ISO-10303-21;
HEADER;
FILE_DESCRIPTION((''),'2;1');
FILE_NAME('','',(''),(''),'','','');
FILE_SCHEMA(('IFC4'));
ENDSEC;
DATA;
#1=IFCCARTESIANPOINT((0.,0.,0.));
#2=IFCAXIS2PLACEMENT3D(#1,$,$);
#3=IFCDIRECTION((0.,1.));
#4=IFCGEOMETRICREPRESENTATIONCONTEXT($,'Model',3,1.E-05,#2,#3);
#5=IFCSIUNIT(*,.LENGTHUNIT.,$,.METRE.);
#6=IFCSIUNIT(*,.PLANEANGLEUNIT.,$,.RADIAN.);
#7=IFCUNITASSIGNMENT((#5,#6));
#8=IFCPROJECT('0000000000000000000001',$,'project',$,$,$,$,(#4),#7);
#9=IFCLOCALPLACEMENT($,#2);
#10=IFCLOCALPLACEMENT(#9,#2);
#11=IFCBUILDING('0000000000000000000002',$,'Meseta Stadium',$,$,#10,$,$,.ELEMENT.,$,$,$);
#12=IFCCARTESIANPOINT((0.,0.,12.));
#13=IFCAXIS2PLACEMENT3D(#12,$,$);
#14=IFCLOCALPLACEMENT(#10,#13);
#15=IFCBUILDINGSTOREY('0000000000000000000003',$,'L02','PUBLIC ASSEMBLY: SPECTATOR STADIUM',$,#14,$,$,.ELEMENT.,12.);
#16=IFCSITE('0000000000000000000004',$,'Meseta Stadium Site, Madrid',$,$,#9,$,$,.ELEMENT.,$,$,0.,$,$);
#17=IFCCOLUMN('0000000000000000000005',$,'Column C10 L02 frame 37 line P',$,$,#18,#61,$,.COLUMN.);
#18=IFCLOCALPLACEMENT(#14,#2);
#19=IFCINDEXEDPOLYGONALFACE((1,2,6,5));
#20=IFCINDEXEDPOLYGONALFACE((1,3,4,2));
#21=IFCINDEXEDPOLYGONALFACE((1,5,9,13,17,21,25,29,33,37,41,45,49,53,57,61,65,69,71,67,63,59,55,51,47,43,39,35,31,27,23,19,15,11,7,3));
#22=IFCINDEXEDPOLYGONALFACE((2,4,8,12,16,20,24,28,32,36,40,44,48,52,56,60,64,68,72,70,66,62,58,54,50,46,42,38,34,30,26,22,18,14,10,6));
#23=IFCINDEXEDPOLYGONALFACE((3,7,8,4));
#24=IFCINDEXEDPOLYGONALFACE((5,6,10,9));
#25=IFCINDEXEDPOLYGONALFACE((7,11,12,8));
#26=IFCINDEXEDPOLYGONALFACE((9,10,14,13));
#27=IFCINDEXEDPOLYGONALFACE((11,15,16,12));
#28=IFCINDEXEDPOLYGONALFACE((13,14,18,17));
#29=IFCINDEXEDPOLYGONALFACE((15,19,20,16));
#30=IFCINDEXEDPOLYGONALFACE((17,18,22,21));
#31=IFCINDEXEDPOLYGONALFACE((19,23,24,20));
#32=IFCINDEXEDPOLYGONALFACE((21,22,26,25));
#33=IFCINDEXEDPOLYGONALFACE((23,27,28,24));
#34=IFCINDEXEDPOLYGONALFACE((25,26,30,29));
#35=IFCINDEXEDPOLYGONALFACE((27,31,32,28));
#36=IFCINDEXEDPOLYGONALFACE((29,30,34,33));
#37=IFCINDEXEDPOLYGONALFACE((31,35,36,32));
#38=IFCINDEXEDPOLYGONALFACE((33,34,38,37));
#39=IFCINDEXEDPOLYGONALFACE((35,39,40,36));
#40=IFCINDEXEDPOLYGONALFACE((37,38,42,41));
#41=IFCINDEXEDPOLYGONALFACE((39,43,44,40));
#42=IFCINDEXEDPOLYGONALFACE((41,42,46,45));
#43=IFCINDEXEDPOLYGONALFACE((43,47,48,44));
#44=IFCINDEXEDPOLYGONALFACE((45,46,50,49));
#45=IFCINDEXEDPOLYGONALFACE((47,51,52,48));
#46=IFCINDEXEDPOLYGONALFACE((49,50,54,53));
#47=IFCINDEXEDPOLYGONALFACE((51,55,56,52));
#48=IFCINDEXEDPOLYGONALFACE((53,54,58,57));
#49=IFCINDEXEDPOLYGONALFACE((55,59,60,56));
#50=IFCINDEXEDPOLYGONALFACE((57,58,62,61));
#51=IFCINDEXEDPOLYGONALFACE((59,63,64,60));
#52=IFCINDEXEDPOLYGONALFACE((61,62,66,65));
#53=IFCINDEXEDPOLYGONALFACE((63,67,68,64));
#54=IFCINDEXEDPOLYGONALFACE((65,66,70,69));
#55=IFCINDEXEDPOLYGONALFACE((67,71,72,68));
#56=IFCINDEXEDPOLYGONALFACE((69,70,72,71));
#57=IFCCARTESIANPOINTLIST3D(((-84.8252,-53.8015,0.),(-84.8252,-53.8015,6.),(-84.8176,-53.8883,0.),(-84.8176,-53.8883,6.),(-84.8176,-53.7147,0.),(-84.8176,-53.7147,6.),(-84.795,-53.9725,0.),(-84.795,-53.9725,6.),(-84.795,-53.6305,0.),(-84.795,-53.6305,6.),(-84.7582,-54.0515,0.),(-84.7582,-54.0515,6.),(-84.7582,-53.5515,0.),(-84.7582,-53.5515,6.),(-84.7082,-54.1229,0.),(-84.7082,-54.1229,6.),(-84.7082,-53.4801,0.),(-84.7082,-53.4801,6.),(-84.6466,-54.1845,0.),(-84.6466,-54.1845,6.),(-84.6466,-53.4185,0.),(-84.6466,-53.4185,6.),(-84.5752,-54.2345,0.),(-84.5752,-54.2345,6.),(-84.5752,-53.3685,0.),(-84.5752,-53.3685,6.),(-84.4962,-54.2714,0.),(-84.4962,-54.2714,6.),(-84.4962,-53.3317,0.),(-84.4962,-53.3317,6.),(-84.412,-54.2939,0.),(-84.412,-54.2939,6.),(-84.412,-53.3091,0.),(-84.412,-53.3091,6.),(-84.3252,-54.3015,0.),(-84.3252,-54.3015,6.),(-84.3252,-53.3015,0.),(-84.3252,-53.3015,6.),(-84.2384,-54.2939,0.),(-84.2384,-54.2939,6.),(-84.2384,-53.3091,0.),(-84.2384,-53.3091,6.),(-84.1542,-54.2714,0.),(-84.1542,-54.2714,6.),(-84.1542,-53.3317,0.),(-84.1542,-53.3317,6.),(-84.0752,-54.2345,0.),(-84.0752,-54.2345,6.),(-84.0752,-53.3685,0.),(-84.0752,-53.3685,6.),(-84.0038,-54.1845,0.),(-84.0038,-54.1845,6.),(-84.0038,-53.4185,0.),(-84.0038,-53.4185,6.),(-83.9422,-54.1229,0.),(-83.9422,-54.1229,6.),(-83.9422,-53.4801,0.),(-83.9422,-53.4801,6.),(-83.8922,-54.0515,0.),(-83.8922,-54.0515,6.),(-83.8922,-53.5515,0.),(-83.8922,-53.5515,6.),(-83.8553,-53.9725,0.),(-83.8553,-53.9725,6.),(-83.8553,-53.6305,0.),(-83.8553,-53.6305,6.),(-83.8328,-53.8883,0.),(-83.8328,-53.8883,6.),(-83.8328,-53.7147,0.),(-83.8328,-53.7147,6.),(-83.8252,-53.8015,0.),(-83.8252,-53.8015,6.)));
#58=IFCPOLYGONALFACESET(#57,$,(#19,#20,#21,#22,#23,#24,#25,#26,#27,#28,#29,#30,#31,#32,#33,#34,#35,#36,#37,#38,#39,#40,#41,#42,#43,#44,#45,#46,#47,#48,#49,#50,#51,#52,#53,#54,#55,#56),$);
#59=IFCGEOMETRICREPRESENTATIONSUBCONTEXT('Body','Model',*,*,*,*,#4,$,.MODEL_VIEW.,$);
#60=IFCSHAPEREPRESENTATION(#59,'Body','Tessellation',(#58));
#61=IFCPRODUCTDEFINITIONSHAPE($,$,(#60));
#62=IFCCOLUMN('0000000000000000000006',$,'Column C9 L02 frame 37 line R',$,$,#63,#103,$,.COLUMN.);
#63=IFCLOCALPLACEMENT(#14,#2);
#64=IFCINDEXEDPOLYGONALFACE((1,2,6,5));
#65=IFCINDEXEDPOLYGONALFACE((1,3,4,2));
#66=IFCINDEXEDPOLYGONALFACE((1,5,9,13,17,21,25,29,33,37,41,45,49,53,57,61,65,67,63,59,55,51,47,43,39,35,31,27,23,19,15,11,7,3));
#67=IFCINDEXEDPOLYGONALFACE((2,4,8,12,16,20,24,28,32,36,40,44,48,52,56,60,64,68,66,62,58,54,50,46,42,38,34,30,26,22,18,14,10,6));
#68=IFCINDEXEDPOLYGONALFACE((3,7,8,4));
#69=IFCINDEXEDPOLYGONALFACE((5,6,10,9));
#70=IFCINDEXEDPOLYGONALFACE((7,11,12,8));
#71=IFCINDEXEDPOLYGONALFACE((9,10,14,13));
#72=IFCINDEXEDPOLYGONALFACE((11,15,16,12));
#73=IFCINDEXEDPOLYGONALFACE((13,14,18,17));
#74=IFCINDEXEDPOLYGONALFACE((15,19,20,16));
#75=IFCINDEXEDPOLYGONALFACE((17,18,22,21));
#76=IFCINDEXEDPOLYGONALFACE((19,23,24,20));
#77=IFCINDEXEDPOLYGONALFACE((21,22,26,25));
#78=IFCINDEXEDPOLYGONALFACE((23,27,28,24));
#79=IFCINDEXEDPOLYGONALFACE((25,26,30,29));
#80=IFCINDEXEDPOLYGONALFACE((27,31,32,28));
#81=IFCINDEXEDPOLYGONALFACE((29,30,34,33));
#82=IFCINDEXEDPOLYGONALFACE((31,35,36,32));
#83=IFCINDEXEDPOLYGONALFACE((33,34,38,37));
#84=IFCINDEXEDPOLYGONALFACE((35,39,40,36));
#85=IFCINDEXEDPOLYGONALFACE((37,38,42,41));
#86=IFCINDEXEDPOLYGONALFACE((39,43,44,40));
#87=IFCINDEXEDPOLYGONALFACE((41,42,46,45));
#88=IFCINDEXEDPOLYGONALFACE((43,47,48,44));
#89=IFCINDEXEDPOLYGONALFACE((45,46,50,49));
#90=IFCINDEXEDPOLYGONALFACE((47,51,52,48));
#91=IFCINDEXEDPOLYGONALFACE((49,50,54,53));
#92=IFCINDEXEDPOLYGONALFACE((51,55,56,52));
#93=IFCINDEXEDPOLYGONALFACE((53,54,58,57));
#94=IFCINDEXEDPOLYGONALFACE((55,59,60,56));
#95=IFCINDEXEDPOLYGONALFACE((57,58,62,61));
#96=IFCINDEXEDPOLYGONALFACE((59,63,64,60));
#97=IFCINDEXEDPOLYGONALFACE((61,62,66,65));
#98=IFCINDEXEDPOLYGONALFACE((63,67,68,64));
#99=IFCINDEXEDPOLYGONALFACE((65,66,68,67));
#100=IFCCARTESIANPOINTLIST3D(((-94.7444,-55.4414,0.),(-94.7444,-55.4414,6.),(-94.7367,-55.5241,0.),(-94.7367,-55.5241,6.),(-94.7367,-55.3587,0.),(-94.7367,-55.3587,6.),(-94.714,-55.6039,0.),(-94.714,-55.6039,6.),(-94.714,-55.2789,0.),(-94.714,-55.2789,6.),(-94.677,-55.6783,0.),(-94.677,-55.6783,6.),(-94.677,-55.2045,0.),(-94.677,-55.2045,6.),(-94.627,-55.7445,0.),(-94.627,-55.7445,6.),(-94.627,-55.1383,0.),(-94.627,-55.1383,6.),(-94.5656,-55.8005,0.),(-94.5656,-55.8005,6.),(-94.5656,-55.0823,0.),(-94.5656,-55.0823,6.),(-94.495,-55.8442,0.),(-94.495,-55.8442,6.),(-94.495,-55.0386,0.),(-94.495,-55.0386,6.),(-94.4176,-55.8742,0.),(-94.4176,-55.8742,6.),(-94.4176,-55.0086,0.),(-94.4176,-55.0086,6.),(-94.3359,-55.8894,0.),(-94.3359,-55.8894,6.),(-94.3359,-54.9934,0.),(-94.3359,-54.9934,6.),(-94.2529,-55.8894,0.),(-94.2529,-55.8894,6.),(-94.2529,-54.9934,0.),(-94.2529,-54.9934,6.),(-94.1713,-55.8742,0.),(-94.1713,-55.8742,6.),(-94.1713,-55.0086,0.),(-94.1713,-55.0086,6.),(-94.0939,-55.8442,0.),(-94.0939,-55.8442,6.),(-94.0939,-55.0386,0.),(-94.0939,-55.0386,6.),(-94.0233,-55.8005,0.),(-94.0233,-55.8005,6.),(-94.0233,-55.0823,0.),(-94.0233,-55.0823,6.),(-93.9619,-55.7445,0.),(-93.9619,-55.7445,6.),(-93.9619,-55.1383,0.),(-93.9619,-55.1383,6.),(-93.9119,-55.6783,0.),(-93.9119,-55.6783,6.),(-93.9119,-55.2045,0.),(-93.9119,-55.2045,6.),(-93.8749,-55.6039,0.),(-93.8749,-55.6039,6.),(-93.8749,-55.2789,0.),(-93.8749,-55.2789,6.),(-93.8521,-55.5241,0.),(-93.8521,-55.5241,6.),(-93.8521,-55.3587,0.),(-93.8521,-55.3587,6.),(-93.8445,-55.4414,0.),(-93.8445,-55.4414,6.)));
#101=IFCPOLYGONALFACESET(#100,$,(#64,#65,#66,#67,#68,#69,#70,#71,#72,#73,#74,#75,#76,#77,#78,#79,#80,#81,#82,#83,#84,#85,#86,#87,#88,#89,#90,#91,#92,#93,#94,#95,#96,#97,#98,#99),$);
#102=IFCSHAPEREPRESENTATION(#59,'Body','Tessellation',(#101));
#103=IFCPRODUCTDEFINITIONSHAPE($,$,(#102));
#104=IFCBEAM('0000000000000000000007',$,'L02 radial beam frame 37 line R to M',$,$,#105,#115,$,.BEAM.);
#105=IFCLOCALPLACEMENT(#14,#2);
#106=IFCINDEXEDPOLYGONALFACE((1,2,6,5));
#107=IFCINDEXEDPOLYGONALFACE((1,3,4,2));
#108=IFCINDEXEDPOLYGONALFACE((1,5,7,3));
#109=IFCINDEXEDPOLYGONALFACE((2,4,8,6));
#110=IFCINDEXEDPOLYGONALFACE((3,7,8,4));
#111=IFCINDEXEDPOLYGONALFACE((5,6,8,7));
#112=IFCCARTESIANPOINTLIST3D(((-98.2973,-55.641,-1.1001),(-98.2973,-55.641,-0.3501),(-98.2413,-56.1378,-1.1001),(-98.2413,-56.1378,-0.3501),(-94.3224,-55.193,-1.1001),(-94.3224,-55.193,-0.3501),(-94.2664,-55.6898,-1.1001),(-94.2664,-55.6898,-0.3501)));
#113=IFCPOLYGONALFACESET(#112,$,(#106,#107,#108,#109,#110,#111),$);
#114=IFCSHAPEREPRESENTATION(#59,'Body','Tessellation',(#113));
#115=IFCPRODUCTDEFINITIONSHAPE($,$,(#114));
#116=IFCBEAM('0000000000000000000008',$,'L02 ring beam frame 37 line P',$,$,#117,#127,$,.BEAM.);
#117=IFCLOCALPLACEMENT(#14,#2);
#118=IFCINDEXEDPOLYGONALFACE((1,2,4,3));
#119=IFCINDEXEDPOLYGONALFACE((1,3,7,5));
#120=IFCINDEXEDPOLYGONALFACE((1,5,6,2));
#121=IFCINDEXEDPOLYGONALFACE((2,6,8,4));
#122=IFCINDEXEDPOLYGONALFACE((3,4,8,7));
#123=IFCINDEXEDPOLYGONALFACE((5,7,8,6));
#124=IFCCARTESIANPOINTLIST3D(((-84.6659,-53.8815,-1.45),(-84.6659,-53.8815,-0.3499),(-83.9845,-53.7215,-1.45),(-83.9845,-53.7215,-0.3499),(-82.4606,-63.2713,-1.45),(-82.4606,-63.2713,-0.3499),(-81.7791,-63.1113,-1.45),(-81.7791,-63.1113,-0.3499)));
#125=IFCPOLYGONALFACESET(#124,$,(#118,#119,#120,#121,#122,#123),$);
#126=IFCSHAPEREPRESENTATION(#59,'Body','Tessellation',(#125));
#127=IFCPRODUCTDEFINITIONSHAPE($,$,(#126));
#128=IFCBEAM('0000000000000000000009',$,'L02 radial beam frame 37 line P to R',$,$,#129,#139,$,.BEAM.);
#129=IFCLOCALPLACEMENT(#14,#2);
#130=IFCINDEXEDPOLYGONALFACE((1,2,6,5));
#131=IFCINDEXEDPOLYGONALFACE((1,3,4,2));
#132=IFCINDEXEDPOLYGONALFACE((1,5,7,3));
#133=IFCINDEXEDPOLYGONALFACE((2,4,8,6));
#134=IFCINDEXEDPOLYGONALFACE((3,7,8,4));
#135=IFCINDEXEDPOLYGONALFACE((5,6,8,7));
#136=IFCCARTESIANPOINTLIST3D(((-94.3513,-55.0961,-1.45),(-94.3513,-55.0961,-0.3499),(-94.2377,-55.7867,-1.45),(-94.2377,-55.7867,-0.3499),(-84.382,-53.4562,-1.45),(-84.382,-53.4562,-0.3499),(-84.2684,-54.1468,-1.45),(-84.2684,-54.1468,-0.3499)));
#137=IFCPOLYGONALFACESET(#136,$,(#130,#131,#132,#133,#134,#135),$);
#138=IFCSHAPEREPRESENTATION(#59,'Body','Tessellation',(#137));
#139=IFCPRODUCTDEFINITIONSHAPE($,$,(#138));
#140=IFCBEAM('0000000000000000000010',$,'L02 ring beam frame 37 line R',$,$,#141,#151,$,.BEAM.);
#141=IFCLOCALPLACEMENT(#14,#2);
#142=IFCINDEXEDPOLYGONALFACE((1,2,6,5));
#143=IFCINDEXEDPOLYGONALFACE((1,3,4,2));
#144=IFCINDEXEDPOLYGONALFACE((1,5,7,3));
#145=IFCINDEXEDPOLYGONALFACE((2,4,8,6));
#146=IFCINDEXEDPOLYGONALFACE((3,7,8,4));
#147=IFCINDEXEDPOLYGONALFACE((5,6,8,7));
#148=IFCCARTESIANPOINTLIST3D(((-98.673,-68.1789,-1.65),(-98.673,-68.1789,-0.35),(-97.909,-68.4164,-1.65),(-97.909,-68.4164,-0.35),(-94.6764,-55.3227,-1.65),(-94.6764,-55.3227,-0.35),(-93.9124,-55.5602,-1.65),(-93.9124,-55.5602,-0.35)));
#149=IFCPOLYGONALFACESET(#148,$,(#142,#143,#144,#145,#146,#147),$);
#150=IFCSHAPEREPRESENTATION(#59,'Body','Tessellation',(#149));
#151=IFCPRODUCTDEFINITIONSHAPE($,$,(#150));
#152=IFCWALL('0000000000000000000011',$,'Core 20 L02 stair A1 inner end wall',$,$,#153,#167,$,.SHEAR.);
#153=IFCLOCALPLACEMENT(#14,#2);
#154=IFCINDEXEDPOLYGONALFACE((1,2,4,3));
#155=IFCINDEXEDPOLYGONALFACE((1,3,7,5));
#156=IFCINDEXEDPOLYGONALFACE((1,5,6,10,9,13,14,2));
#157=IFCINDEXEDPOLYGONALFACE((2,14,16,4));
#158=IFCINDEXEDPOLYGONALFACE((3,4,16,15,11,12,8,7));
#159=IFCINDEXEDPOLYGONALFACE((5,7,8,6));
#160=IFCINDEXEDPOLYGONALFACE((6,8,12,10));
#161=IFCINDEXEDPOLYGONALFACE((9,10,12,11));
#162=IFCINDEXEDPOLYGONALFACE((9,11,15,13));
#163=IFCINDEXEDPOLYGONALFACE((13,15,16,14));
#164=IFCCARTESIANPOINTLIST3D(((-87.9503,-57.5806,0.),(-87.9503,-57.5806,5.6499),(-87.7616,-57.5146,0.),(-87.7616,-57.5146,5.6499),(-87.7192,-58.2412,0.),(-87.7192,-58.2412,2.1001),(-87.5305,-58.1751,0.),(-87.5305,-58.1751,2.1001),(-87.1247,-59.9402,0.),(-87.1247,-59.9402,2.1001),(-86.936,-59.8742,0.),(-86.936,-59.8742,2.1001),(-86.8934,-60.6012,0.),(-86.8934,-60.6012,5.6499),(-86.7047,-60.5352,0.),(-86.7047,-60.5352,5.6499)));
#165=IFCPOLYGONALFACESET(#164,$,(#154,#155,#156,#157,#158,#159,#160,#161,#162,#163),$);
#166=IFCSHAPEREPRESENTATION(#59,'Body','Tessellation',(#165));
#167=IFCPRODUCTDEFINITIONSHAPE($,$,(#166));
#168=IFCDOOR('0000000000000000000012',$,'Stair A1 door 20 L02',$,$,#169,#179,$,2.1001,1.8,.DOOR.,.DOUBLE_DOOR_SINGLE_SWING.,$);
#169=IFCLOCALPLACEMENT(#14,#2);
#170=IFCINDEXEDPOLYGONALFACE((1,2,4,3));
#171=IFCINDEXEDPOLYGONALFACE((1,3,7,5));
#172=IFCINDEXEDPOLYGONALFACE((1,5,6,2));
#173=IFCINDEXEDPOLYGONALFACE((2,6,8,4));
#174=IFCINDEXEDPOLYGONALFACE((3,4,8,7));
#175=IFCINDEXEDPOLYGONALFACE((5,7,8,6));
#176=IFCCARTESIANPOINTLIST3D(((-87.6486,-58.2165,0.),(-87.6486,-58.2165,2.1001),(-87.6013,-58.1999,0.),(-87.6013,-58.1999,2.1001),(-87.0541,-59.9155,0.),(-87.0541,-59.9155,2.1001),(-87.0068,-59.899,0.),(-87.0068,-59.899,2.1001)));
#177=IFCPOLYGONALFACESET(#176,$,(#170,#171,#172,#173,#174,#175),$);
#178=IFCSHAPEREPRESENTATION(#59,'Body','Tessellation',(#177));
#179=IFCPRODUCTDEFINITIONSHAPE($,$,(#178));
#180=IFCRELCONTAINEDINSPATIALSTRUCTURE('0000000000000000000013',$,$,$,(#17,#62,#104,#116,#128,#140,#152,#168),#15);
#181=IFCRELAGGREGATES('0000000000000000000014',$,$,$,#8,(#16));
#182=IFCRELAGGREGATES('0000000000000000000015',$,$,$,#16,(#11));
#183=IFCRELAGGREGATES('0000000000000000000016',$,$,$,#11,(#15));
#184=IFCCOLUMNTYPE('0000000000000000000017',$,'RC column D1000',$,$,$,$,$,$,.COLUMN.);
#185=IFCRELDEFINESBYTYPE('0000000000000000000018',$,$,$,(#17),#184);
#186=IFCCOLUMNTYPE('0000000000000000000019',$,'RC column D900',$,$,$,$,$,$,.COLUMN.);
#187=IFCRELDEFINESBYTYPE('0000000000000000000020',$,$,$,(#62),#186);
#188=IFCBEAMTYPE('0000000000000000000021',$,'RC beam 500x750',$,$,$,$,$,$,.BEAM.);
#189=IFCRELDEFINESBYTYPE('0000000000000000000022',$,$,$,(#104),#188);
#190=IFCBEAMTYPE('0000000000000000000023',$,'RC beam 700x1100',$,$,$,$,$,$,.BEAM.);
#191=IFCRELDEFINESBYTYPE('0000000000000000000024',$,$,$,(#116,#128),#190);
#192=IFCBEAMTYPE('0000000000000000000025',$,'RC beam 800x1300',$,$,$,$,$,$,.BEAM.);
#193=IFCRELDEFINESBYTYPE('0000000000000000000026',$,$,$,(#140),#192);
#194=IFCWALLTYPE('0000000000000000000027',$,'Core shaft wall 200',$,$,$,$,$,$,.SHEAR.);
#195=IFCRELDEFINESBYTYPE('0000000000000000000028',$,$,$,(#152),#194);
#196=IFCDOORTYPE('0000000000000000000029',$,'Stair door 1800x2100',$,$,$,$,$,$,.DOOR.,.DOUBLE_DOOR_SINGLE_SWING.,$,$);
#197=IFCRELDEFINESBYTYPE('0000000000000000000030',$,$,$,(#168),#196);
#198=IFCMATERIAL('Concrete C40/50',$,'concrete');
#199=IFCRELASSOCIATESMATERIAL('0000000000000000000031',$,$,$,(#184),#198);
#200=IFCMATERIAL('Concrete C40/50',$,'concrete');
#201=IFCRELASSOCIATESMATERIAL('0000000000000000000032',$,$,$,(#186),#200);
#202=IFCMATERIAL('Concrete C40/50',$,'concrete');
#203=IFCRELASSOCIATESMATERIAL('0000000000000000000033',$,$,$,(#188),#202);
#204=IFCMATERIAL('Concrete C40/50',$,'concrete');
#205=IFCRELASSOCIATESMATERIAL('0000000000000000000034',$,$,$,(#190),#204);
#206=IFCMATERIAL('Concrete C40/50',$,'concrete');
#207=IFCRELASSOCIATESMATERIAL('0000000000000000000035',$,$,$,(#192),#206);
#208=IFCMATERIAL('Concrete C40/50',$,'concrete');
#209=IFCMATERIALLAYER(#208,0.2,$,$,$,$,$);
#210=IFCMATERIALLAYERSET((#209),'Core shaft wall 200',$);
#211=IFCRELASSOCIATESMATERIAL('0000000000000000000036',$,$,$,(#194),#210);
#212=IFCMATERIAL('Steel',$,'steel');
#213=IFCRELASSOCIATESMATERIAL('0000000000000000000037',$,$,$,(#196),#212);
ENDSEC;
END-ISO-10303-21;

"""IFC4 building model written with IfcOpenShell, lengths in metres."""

from ifc_helpers import new_model, si_unit, direction, frame, frame_2d, origin, origin_2d, place, context, subcontext, project, spatial, rectangle, circle, extrude, material, layer, layer_set, material_profile, profile_set, type_object, element, fill, save


model = new_model("IFC4")

# Units and contexts
model_context = context("Model", 3, precision=1e-05, world=origin(), true_north=direction((0.0, 1.0)))
body_context = subcontext(model_context, "Body", "Model", "MODEL_VIEW")
ifc_project = project(units=[si_unit("LENGTHUNIT", "METRE"), si_unit("PLANEANGLEUNIT", "RADIAN")], contexts=[model_context])

# Site, building, storey
site_placement = place(None, origin())
site = spatial("IfcSite", under=ifc_project, at=site_placement, Name="Meseta Stadium Site, Madrid", CompositionType="ELEMENT", RefElevation=0.0)
building_placement = place(site_placement, origin())
building = spatial("IfcBuilding", under=site, at=building_placement, Name="Meseta Stadium", CompositionType="ELEMENT")
storey_placement = place(building_placement, frame((0.0, 0.0, 12.0)))
storey = spatial("IfcBuildingStorey", under=building, at=storey_placement, Name="L02", Description="PUBLIC ASSEMBLY: SPECTATOR STADIUM", CompositionType="ELEMENT", Elevation=12.0)

# Columns
ifc_material_1 = material(Name="Concrete C40/50", Category="concrete")
ifc_material_profile_1 = material_profile(ifc_material_1, circle(Radius=0.5, at=origin_2d()), Name="RC D1000")
ifc_profile_set_1 = profile_set([ifc_material_profile_1], Name="Concrete C40/50")
column_type_1 = type_object("IfcColumnType", Name="RC column D1000", PredefinedType="COLUMN", material=ifc_profile_set_1)
column_1_placement = place(storey_placement, frame((-84.3252, -53.8015, 0.0), z_axis=(0.0, 0.0, 1.0), x_axis=(1.0, 0.0, 0.0)))
element("IfcColumn", 1, at=column_1_placement, inside=storey, type_object=column_type_1, Name="Column C10 L02 frame 37 line P", PredefinedType="COLUMN", context=body_context, shape_type="SweptSolid", body=[
    extrude(circle(Radius=0.5, at=origin_2d()), origin(), (0.0, 0.0, 1.0), 6.0),
])
ifc_material_2 = material(Name="Concrete C40/50", Category="concrete")
ifc_material_profile_2 = material_profile(ifc_material_2, circle(Radius=0.45, at=origin_2d()), Name="RC D900")
ifc_profile_set_2 = profile_set([ifc_material_profile_2], Name="Concrete C40/50")
column_type_2 = type_object("IfcColumnType", Name="RC column D900", PredefinedType="COLUMN", material=ifc_profile_set_2)
column_2_placement = place(storey_placement, frame((-94.2944, -55.4414, 0.0), z_axis=(0.0, 0.0, 1.0), x_axis=(1.0, 0.0, 0.0)))
element("IfcColumn", 2, at=column_2_placement, inside=storey, type_object=column_type_2, Name="Column C9 L02 frame 37 line R", PredefinedType="COLUMN", context=body_context, shape_type="SweptSolid", body=[
    extrude(circle(Radius=0.45, at=origin_2d()), origin(), (0.0, 0.0, 1.0), 6.0),
])

# Beams
ifc_material_3 = material(Name="Concrete C40/50", Category="concrete")
ifc_material_profile_3 = material_profile(ifc_material_3, rectangle(XDim=0.5, YDim=0.75, at=origin_2d()), Name="RC 500x750")
ifc_profile_set_3 = profile_set([ifc_material_profile_3], Name="Concrete C40/50")
beam_type_1 = type_object("IfcBeamType", Name="RC beam 500x750", PredefinedType="BEAM", material=ifc_profile_set_3)
beam_1_placement = place(storey_placement, frame((-94.2944, -55.4414, -0.7251), z_axis=(-0.993708, -0.111999, 0.0), x_axis=(0.111999, -0.993708, 0.0)))
element("IfcBeam", 3, at=beam_1_placement, inside=storey, type_object=beam_type_1, Name="L02 radial beam frame 37 line R to M", PredefinedType="BEAM", context=body_context, shape_type="SweptSolid", body=[
    extrude(rectangle(XDim=0.5, YDim=0.75, at=origin_2d()), origin(), (0.0, 0.0, 1.0), 4.0),
])
ifc_material_4 = material(Name="Concrete C40/50", Category="concrete")
ifc_material_profile_4 = material_profile(ifc_material_4, rectangle(XDim=0.7, YDim=1.1001, at=origin_2d()), Name="RC 700x1100")
ifc_profile_set_4 = profile_set([ifc_material_profile_4], Name="Concrete C40/50")
beam_type_2 = type_object("IfcBeamType", Name="RC beam 700x1100", PredefinedType="BEAM", material=ifc_profile_set_4)
beam_2_placement = place(storey_placement, frame((-84.3252, -53.8015, -0.8999), z_axis=(0.228646, -0.97351, 0.0), x_axis=(0.97351, 0.228646, 0.0)))
element("IfcBeam", 4, at=beam_2_placement, inside=storey, type_object=beam_type_2, Name="L02 ring beam frame 37 line P", PredefinedType="BEAM", context=body_context, shape_type="SweptSolid", body=[
    extrude(rectangle(XDim=0.7, YDim=1.1001, at=origin_2d()), origin(), (0.0, 0.0, 1.0), 9.6453),
])
beam_3_placement = place(storey_placement, frame((-84.3252, -53.8015, -0.8999), z_axis=(-0.986739, -0.162314, 0.0), x_axis=(0.162314, -0.986739, 0.0)))
element("IfcBeam", 5, at=beam_3_placement, inside=storey, type_object=beam_type_2, Name="L02 radial beam frame 37 line P to R", PredefinedType="BEAM", context=body_context, shape_type="SweptSolid", body=[
    extrude(rectangle(XDim=0.7, YDim=1.1001, at=origin_2d()), origin(), (0.0, 0.0, 1.0), 10.1033),
])
ifc_material_5 = material(Name="Concrete C40/50", Category="concrete")
ifc_material_profile_5 = material_profile(ifc_material_5, rectangle(XDim=0.8, YDim=1.3, at=origin_2d()), Name="RC 800x1300")
ifc_profile_set_5 = profile_set([ifc_material_profile_5], Name="Concrete C40/50")
beam_type_3 = type_object("IfcBeamType", Name="RC beam 800x1300", PredefinedType="BEAM", material=ifc_profile_set_5)
beam_4_placement = place(storey_placement, frame((-94.2944, -55.4414, -1.0), z_axis=(-0.296855, -0.954923, 0.0), x_axis=(0.954923, -0.296855, 0.0)))
element("IfcBeam", 6, at=beam_4_placement, inside=storey, type_object=beam_type_3, Name="L02 ring beam frame 37 line R", PredefinedType="BEAM", context=body_context, shape_type="SweptSolid", body=[
    extrude(rectangle(XDim=0.8, YDim=1.3, at=origin_2d()), origin(), (0.0, 0.0, 1.0), 13.4631),
])

# Wall, opening, door
ifc_material_6 = material(Name="Concrete C40/50", Category="concrete")
ifc_layer_1 = layer(ifc_material_6, 0.2)
ifc_layer_set_1 = layer_set([ifc_layer_1], Name="Core shaft wall 200")
wall_type_1 = type_object("IfcWallType", Name="Core shaft wall 200", PredefinedType="SHEAR", material=ifc_layer_set_1)
wall_1_placement = place(storey_placement, frame((-87.856, -57.5476, 0.0), z_axis=(0.0, 0.0, 1.0), x_axis=(0.330269, -0.943887, 0.0)))
wall_1 = element("IfcWall", 7, at=wall_1_placement, inside=storey, type_object=wall_type_1, Name="Core 20 L02 stair A1 inner end wall", PredefinedType="SHEAR", context=body_context, shape_type="SweptSolid", body=[
    extrude(rectangle(XDim=3.2002, YDim=0.2, at=frame_2d((1.6001, 0.0))), origin(), (0.0, 0.0, 1.0), 5.6499),
])
opening_1_placement = place(wall_1_placement, frame((0.7, 0.0, 0.0)))
opening_1 = element("IfcOpeningElement", 8, at=opening_1_placement, cuts=wall_1, PredefinedType="OPENING", context=body_context, shape_type="SweptSolid", body=[
    extrude(rectangle(XDim=1.8, YDim=2.1001, at=frame_2d((0.8999, 1.05))), frame((0.0, 0.1099, 0.0), z_axis=(0.0, -1.0, 0.0), x_axis=(1.0, 0.0, 0.0)), (0.0, 0.0, 1.0), 0.22),
])
ifc_material_7 = material(Name="Steel", Category="steel")
door_type_1 = type_object("IfcDoorType", Name="Stair door 1800x2100", OperationType="DOUBLE_DOOR_SINGLE_SWING", PredefinedType="DOOR", material=ifc_material_7)
door_1_placement = place(opening_1_placement, origin())
door_1 = element("IfcDoor", 9, at=door_1_placement, inside=storey, type_object=door_type_1, Name="Stair A1 door 20 L02", OperationType="DOUBLE_DOOR_SINGLE_SWING", OverallHeight=2.1001, OverallWidth=1.8, PredefinedType="DOOR", context=body_context, shape_type="SweptSolid", body=[
    extrude(rectangle(XDim=1.8, YDim=2.1001, at=frame_2d((0.8999, 1.05))), frame((0.0, 0.0249, 0.0), z_axis=(0.0, -1.0, 0.0), x_axis=(1.0, 0.0, 0.0)), (0.0, 0.0, 1.0), 0.05),
])
fill(opening_1, door_1)

save(model, "model.ifc")
